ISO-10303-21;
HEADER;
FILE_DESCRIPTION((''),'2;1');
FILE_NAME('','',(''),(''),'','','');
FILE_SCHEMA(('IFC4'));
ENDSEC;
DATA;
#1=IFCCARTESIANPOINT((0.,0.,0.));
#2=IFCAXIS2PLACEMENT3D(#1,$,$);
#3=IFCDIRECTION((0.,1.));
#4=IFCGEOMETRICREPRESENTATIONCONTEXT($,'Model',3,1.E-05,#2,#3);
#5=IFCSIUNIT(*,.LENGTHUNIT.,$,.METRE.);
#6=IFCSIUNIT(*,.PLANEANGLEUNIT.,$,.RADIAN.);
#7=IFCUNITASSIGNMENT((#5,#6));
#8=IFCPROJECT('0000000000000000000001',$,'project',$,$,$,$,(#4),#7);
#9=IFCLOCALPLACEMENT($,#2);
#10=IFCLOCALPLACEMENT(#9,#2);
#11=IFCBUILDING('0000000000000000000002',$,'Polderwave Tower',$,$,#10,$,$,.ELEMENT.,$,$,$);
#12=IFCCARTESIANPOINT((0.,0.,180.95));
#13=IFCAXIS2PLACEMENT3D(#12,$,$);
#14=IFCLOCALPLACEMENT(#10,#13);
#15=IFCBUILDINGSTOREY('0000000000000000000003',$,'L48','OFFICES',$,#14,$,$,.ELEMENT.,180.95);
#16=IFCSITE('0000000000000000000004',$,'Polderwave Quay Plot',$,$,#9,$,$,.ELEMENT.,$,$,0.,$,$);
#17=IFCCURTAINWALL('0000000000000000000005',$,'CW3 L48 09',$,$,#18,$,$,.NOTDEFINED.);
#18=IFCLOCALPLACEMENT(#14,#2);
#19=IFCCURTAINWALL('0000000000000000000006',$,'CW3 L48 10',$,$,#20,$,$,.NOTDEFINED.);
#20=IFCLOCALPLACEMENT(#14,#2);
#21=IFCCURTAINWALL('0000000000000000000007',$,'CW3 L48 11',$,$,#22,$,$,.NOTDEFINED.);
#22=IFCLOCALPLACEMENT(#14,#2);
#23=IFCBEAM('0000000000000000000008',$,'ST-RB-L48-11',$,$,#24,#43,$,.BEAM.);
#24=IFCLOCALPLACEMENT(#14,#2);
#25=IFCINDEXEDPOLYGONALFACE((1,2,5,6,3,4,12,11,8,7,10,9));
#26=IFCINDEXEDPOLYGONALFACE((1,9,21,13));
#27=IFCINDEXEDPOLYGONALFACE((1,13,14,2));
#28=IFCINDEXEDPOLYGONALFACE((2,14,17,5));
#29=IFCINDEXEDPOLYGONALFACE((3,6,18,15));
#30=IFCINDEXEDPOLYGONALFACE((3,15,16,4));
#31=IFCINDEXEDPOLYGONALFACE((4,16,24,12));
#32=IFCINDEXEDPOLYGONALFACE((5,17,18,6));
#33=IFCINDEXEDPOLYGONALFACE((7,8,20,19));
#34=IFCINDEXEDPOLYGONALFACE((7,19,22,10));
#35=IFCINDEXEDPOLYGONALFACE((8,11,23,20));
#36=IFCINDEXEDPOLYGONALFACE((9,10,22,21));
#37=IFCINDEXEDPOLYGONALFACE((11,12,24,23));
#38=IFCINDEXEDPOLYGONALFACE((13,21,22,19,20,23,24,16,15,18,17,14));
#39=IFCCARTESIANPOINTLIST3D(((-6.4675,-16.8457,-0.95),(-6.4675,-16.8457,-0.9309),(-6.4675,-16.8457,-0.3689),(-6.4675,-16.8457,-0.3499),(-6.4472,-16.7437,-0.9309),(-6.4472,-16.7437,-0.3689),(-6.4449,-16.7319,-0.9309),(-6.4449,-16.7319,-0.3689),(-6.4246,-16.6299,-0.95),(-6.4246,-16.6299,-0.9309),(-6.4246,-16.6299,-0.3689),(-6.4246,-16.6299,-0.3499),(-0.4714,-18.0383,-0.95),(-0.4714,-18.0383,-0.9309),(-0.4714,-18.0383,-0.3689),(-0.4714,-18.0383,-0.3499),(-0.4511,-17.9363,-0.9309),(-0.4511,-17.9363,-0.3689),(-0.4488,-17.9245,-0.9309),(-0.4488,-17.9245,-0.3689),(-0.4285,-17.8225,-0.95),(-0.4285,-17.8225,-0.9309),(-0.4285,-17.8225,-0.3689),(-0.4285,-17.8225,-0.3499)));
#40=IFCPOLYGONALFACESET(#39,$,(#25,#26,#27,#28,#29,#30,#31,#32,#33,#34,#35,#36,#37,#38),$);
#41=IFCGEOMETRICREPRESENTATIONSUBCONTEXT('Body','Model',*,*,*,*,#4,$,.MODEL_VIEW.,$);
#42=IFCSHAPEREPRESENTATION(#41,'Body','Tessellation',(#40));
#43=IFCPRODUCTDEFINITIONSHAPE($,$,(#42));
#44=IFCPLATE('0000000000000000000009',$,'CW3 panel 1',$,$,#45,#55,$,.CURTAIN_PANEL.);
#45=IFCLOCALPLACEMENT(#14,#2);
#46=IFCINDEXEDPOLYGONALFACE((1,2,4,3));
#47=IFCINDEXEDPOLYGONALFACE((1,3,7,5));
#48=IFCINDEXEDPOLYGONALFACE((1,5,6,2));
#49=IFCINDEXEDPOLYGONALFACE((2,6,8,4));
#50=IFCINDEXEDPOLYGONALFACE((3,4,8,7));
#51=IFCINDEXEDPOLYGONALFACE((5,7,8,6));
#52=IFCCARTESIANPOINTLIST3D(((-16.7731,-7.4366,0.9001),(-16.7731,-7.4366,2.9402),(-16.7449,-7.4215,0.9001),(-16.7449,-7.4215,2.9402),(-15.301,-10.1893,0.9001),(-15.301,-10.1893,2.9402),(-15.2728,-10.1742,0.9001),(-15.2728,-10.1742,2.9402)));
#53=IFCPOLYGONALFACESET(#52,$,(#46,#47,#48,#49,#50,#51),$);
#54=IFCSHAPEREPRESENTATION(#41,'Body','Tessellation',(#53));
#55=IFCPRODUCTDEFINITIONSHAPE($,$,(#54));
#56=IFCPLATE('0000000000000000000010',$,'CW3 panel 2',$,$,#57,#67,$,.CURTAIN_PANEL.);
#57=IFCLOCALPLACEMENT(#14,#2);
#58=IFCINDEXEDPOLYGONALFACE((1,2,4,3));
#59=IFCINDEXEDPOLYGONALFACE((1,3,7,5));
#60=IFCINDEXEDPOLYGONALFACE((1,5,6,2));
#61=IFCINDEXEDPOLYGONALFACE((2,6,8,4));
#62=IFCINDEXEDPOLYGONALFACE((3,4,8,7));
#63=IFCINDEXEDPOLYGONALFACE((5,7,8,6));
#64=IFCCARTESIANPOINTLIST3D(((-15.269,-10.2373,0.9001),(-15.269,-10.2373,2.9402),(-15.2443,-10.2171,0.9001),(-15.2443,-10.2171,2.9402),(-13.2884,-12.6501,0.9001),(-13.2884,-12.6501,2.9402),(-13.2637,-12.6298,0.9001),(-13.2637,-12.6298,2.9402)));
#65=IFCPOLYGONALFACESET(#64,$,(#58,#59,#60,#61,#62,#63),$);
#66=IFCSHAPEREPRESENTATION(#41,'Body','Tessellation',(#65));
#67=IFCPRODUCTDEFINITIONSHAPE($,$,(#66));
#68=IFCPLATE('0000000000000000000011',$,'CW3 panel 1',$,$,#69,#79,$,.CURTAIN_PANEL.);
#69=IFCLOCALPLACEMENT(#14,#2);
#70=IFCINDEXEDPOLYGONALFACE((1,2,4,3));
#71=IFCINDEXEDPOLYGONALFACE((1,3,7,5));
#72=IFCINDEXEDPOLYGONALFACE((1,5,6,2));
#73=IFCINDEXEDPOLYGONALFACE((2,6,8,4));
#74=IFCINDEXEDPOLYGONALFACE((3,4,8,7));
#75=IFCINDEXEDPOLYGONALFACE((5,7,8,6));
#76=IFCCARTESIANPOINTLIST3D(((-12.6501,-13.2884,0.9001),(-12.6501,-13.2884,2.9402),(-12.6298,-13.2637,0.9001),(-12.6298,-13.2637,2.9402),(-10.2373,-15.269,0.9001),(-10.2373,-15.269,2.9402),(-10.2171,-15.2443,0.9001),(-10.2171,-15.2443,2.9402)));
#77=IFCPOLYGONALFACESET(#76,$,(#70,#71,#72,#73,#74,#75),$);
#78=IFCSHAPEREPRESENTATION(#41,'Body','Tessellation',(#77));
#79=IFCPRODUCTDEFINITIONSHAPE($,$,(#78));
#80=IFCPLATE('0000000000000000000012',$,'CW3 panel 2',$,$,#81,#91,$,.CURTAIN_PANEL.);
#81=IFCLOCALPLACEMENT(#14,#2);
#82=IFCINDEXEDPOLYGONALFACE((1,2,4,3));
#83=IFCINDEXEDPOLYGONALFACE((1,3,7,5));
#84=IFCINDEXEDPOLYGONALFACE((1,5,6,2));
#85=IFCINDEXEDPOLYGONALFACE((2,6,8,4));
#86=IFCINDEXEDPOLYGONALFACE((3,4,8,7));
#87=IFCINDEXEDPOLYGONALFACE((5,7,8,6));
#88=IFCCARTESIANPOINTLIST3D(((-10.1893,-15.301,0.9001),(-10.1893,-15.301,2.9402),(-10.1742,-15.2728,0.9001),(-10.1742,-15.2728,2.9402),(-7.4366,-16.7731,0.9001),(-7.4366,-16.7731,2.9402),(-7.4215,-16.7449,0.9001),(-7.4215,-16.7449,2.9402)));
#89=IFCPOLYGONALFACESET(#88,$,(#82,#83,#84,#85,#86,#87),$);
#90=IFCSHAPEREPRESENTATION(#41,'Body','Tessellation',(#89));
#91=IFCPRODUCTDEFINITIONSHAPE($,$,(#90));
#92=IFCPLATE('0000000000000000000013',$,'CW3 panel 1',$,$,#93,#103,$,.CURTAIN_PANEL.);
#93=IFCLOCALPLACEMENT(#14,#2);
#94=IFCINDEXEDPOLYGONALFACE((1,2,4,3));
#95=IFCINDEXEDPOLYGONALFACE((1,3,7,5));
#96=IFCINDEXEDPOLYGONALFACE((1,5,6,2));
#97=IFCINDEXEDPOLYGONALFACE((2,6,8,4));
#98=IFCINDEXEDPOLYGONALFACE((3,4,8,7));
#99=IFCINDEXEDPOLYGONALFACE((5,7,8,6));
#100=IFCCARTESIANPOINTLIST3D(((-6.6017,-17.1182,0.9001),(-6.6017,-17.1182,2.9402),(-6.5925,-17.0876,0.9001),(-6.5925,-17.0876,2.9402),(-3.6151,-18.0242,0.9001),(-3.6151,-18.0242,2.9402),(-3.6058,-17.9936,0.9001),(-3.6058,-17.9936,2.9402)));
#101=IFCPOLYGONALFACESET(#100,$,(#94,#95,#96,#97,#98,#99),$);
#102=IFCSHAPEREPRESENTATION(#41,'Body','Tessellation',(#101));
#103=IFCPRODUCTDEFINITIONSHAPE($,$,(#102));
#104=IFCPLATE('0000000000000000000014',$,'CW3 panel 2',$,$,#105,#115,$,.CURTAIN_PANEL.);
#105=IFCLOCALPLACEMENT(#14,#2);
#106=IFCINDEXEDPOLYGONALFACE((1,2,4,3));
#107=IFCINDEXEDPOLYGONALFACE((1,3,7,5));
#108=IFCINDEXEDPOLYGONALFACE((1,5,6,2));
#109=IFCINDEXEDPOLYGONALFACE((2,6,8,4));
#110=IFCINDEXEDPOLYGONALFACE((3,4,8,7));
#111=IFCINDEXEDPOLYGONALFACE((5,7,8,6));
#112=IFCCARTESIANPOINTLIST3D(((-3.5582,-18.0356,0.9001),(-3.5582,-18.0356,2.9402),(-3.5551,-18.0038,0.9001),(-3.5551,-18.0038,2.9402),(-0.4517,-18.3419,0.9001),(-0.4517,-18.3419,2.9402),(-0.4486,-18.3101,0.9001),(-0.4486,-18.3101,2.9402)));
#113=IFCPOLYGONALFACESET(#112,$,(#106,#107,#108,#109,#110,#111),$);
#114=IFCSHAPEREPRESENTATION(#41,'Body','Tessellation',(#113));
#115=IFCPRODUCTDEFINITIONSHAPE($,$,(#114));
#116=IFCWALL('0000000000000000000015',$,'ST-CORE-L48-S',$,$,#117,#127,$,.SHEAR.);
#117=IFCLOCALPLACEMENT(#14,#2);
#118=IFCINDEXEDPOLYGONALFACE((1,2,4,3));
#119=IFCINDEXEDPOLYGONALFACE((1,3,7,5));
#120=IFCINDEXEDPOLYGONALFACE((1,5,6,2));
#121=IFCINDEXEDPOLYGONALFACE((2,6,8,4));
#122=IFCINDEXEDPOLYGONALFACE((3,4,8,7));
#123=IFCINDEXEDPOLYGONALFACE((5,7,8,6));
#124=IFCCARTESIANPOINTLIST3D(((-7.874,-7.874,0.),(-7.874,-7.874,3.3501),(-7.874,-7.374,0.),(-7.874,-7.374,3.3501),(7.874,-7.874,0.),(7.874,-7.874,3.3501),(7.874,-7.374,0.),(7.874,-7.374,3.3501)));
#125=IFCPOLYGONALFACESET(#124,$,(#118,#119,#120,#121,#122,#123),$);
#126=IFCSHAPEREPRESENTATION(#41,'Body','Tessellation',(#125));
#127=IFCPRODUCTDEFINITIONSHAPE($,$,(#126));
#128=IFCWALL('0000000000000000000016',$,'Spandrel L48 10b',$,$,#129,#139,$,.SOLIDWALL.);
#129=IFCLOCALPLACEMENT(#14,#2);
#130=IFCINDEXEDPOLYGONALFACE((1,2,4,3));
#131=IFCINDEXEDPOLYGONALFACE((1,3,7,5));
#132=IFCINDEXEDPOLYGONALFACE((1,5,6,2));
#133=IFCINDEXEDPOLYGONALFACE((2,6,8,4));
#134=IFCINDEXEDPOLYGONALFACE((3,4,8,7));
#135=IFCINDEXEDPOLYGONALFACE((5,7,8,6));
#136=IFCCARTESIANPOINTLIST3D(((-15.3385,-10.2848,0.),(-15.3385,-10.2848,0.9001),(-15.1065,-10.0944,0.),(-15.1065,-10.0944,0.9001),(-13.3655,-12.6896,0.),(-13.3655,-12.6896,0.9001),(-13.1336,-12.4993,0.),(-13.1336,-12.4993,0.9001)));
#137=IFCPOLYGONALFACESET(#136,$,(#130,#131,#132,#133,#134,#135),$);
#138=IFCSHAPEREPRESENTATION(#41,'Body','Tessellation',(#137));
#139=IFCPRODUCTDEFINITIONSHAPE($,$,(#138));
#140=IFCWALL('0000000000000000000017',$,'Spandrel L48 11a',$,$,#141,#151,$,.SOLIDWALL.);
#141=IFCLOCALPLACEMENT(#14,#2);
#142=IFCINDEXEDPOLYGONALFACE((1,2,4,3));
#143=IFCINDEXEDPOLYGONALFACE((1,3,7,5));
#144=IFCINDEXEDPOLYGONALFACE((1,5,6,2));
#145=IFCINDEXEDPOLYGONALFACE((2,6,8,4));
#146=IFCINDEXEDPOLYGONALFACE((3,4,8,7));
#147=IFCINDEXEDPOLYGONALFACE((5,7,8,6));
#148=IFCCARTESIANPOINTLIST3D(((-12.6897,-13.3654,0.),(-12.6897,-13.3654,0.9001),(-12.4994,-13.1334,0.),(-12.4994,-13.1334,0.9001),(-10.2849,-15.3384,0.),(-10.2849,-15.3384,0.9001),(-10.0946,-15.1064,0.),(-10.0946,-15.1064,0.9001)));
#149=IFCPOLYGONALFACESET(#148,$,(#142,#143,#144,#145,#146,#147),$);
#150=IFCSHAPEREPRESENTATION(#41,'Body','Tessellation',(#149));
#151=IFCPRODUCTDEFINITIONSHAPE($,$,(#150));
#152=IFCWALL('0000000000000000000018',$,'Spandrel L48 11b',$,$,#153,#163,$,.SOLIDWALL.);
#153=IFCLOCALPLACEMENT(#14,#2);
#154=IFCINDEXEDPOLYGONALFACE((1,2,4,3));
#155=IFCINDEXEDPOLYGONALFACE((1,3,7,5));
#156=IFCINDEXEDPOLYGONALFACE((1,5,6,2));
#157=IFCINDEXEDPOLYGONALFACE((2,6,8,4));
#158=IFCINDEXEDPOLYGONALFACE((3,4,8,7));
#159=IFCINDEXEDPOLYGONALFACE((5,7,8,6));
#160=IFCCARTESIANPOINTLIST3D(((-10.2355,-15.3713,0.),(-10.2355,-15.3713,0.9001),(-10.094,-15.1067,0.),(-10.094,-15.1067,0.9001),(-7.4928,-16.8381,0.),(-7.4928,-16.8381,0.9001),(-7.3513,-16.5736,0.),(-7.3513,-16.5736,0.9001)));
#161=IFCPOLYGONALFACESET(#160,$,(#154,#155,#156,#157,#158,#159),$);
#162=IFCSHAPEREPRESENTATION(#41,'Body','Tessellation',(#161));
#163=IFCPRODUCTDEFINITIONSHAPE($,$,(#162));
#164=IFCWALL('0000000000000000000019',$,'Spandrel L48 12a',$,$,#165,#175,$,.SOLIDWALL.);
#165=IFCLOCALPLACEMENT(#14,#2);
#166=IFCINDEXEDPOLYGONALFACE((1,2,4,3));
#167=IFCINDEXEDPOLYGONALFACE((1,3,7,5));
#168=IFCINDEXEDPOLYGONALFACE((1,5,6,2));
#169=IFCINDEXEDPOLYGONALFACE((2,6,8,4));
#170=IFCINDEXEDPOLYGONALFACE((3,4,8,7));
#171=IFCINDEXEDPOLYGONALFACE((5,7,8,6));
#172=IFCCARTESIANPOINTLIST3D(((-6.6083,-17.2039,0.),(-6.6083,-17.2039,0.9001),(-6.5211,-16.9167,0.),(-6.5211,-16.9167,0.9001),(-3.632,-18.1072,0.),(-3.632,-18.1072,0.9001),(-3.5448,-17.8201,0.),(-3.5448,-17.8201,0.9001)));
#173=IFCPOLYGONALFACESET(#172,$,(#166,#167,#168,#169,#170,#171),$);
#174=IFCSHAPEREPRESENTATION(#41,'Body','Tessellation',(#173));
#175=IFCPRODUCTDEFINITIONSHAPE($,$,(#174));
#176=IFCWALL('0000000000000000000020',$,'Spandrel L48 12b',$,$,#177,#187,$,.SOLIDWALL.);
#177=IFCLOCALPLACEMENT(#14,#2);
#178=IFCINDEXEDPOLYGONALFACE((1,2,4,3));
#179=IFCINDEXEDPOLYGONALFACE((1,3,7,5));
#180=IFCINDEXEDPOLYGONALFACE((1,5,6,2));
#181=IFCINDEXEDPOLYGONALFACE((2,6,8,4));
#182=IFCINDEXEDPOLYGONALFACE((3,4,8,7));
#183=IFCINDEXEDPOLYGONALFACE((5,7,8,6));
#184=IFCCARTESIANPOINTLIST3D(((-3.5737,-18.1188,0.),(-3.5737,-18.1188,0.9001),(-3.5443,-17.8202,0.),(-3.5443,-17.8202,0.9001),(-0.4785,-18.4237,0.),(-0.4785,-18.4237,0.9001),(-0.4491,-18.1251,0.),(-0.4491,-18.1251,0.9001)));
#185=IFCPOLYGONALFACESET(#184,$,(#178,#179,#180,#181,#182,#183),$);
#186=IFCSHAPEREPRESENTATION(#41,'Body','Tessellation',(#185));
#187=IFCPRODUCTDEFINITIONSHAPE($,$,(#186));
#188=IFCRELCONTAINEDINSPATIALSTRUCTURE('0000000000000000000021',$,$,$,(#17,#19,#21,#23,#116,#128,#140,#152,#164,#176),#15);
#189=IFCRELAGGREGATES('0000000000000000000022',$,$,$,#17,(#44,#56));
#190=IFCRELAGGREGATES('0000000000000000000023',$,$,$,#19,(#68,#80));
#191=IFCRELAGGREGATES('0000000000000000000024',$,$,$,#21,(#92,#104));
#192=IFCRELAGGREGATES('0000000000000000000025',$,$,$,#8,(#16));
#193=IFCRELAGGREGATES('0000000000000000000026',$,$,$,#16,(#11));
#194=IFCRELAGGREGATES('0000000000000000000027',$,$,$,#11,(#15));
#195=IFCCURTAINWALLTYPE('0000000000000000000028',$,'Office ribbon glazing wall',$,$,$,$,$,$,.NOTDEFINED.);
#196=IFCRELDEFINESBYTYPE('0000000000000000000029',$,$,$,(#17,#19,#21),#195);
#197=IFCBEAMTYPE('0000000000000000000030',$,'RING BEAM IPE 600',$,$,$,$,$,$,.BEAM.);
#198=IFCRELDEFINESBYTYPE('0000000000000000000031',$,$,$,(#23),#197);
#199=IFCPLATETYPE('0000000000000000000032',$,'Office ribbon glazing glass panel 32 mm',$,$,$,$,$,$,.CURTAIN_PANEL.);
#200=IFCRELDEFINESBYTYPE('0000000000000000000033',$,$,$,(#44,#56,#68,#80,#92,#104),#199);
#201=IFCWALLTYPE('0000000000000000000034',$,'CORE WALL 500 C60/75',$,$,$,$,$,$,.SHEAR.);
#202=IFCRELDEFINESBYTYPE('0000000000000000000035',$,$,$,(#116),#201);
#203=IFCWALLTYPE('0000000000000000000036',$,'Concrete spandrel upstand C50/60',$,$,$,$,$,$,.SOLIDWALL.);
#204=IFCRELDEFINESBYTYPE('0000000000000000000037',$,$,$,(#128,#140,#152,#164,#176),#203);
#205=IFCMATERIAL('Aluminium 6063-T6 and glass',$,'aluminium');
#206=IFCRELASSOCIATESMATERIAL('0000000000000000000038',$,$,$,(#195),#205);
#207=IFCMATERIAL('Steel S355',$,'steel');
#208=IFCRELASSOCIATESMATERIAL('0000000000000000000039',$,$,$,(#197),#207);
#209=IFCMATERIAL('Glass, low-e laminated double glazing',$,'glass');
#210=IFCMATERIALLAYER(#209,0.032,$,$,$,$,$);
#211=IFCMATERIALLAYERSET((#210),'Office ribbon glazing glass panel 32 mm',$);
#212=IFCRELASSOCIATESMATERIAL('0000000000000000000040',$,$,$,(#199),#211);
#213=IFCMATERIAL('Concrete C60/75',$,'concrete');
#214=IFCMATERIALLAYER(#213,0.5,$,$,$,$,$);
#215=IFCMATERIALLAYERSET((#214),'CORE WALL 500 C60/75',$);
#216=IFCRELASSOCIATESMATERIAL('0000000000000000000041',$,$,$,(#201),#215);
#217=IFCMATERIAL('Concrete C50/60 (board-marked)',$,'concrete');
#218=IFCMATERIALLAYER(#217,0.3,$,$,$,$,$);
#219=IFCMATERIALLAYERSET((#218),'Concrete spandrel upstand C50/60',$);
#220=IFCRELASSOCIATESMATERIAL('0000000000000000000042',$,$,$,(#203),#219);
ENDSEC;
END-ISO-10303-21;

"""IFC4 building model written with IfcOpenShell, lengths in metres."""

from ifc_helpers import new_model, si_unit, direction, frame, frame_2d, origin, origin_2d, place, context, subcontext, project, spatial, rectangle, i_section, extrude, material, layer, layer_set, material_profile, profile_set, type_object, element, aggregate, save


model = new_model("IFC4")

# Units and contexts
model_context = context("Model", 3, precision=1e-05, world=origin(), true_north=direction((0.0, 1.0)))
body_context = subcontext(model_context, "Body", "Model", "MODEL_VIEW")
ifc_project = project(units=[si_unit("LENGTHUNIT", "METRE"), si_unit("PLANEANGLEUNIT", "RADIAN")], contexts=[model_context])

# Site, building, storey
site_placement = place(None, origin())
site = spatial("IfcSite", under=ifc_project, at=site_placement, Name="Polderwave Quay Plot", CompositionType="ELEMENT", RefElevation=0.0)
building_placement = place(site_placement, origin())
building = spatial("IfcBuilding", under=site, at=building_placement, Name="Polderwave Tower", CompositionType="ELEMENT")
storey_placement = place(building_placement, frame((0.0, 0.0, 180.95)))
storey = spatial("IfcBuildingStorey", under=building, at=storey_placement, Name="L48", Description="OFFICES", CompositionType="ELEMENT", Elevation=180.95)

# Shared definitions
ifc_material_1 = material(Name="Concrete C60/75", Category="concrete")

# Curtain walls
ifc_material_2 = material(Name="Aluminium 6063-T6 and glass", Category="aluminium")
curtain_wall_type = type_object("IfcCurtainWallType", Name="Office ribbon glazing wall", PredefinedType="NOTDEFINED", material=ifc_material_2)
curtain_wall_1_placement = place(storey_placement, origin())
curtain_wall_1 = element("IfcCurtainWall", 1, at=curtain_wall_1_placement, inside=storey, type_object=curtain_wall_type, Name="CW3 L48 09", PredefinedType="NOTDEFINED")
curtain_wall_2_placement = place(storey_placement, origin())
curtain_wall_2 = element("IfcCurtainWall", 2, at=curtain_wall_2_placement, inside=storey, type_object=curtain_wall_type, Name="CW3 L48 10", PredefinedType="NOTDEFINED")
curtain_wall_3_placement = place(storey_placement, origin())
curtain_wall_3 = element("IfcCurtainWall", 3, at=curtain_wall_3_placement, inside=storey, type_object=curtain_wall_type, Name="CW3 L48 11", PredefinedType="NOTDEFINED")

# Beam
ifc_material_3 = material(Name="Steel S355", Category="steel")
ifc_material_profile_1 = material_profile(ifc_material_3, i_section(OverallWidth=0.22, OverallDepth=0.6001, WebThickness=0.012, FlangeThickness=0.019, at=origin_2d()), Name="IPE 600")
ifc_profile_set_1 = profile_set([ifc_material_profile_1], Name="Steel S355")
beam_type = type_object("IfcBeamType", Name="RING BEAM IPE 600", PredefinedType="BEAM", material=ifc_profile_set_1)
for number, where, z_axis, x_axis, name in (
    (4, (-6.446, -16.7378, -0.6499), (0.980787, -0.195079, 0.0), (0.195079, 0.980787, 0.0), "ST-RB-L48-11"),
):
    element("IfcBeam", number, at=place(storey_placement, frame(where, z_axis=z_axis, x_axis=x_axis)), inside=storey, type_object=beam_type, Name=name, PredefinedType="BEAM", context=body_context, shape_type="SweptSolid", body=[
        extrude(i_section(OverallWidth=0.22, OverallDepth=0.6001, WebThickness=0.012, FlangeThickness=0.019, at=origin_2d()), origin(), (0.0, 0.0, 1.0), 6.1135),
    ])

# Plates
ifc_material_4 = material(Name="Glass, low-e laminated double glazing", Category="glass")
ifc_layer_1 = layer(ifc_material_4, 0.032)
ifc_layer_set_1 = layer_set([ifc_layer_1], Name="Office ribbon glazing glass panel 32 mm")
plate_type = type_object("IfcPlateType", Name="Office ribbon glazing glass panel 32 mm", PredefinedType="CURTAIN_PANEL", material=ifc_layer_set_1)
plate_1_placement = place(storey_placement, frame((-16.0229, -8.8054, 0.9001), z_axis=(0.0, 0.0, 1.0), x_axis=(0.47156, -0.881834, 0.0)))
plate_1 = element("IfcPlate", 5, at=plate_1_placement, type_object=plate_type, Name="CW3 panel 1", PredefinedType="CURTAIN_PANEL", context=body_context, shape_type="SweptSolid", body=[
    extrude(rectangle(XDim=3.1216, YDim=0.032, at=origin_2d()), origin(), (0.0, 0.0, 1.0), 2.04),
])
plate_2_placement = place(storey_placement, frame((-14.2664, -11.4336, 0.9001), z_axis=(0.0, 0.0, 1.0), x_axis=(0.634482, -0.772937, 0.0)))
plate_2 = element("IfcPlate", 6, at=plate_2_placement, type_object=plate_type, Name="CW3 panel 2", PredefinedType="CURTAIN_PANEL", context=body_context, shape_type="SweptSolid", body=[
    extrude(rectangle(XDim=3.1216, YDim=0.032, at=origin_2d()), origin(), (0.0, 0.0, 1.0), 2.04),
])
aggregate(curtain_wall_1, [plate_1, plate_2])
plate_3_placement = place(storey_placement, frame((-11.4336, -14.2664, 0.9001), z_axis=(0.0, 0.0, 1.0), x_axis=(0.772937, -0.634482, 0.0)))
plate_3 = element("IfcPlate", 7, at=plate_3_placement, type_object=plate_type, Name="CW3 panel 1", PredefinedType="CURTAIN_PANEL", context=body_context, shape_type="SweptSolid", body=[
    extrude(rectangle(XDim=3.1216, YDim=0.032, at=origin_2d()), origin(), (0.0, 0.0, 1.0), 2.04),
])
plate_4_placement = place(storey_placement, frame((-8.8054, -16.0229, 0.9001), z_axis=(0.0, 0.0, 1.0), x_axis=(0.881834, -0.47156, 0.0)))
plate_4 = element("IfcPlate", 8, at=plate_4_placement, type_object=plate_type, Name="CW3 panel 2", PredefinedType="CURTAIN_PANEL", context=body_context, shape_type="SweptSolid", body=[
    extrude(rectangle(XDim=3.1216, YDim=0.032, at=origin_2d()), origin(), (0.0, 0.0, 1.0), 2.04),
])
aggregate(curtain_wall_2, [plate_3, plate_4])
plate_5_placement = place(storey_placement, frame((-5.1038, -17.5559, 0.9001), z_axis=(0.0, 0.0, 1.0), x_axis=(0.956939, -0.29029, 0.0)))
plate_5 = element("IfcPlate", 9, at=plate_5_placement, type_object=plate_type, Name="CW3 panel 1", PredefinedType="CURTAIN_PANEL", context=body_context, shape_type="SweptSolid", body=[
    extrude(rectangle(XDim=3.1211, YDim=0.032, at=origin_2d()), origin(), (0.0, 0.0, 1.0), 2.04),
])
plate_6_placement = place(storey_placement, frame((-2.0034, -18.1729, 0.9001), z_axis=(0.0, 0.0, 1.0), x_axis=(0.995175, -0.09812, 0.0)))
plate_6 = element("IfcPlate", 10, at=plate_6_placement, type_object=plate_type, Name="CW3 panel 2", PredefinedType="CURTAIN_PANEL", context=body_context, shape_type="SweptSolid", body=[
    extrude(rectangle(XDim=3.1216, YDim=0.032, at=origin_2d()), origin(), (0.0, 0.0, 1.0), 2.04),
])
aggregate(curtain_wall_3, [plate_5, plate_6])

# Walls
ifc_layer_2 = layer(ifc_material_1, 0.5)
ifc_layer_set_2 = layer_set([ifc_layer_2], Name="CORE WALL 500 C60/75")
wall_type_1 = type_object("IfcWallType", Name="CORE WALL 500 C60/75", PredefinedType="SHEAR", material=ifc_layer_set_2)
wall_1_placement = place(storey_placement, frame((-7.874, -7.624, 0.0), z_axis=(0.0, 0.0, 1.0), x_axis=(1.0, 0.0, 0.0)))
element("IfcWall", 11, at=wall_1_placement, inside=storey, type_object=wall_type_1, Name="ST-CORE-L48-S", PredefinedType="SHEAR", context=body_context, shape_type="SweptSolid", body=[
    extrude(rectangle(XDim=15.748, YDim=0.5, at=frame_2d((7.874, 0.0))), origin(), (0.0, 0.0, 1.0), 3.3501),
])
ifc_material_5 = material(Name="Concrete C50/60 (board-marked)", Category="concrete")
ifc_layer_3 = layer(ifc_material_5, 0.3)
ifc_layer_set_3 = layer_set([ifc_layer_3], Name="Concrete spandrel upstand C50/60")
wall_type_2 = type_object("IfcWallType", Name="Concrete spandrel upstand C50/60", PredefinedType="SOLIDWALL", material=ifc_layer_set_3)
for number, where, z_axis, x_axis, name in (
    (12, (-15.2224, -10.1897, 0.0), (0.0, 0.0, 1.0), (0.634267, -0.773114, 0.0), "Spandrel L48 10b"),
    (13, (-12.5945, -13.2495, 0.0), (0.0, 0.0, 1.0), (0.773114, -0.634267, 0.0), "Spandrel L48 11a"),
):
    element("IfcWall", number, at=place(storey_placement, frame(where, z_axis=z_axis, x_axis=x_axis)), inside=storey, type_object=wall_type_2, Name=name, PredefinedType="SOLIDWALL", context=body_context, shape_type="SweptSolid", body=[
        extrude(rectangle(XDim=3.1106, YDim=0.3, at=frame_2d((1.5552, 0.0))), origin(), (0.0, 0.0, 1.0), 0.9001),
    ])
for number, where, z_axis, x_axis, name in (
    (14, (-10.1648, -15.239, 0.0), (0.0, 0.0, 1.0), (0.881813, -0.471598, 0.0), "Spandrel L48 11b"),
    (15, (-6.5647, -17.0603, 0.0), (0.0, 0.0, 1.0), (0.956899, -0.290421, 0.0), "Spandrel L48 12a"),
):
    element("IfcWall", number, at=place(storey_placement, frame(where, z_axis=z_axis, x_axis=x_axis)), inside=storey, type_object=wall_type_2, Name=name, PredefinedType="SOLIDWALL", context=body_context, shape_type="SweptSolid", body=[
        extrude(rectangle(XDim=3.1104, YDim=0.3, at=frame_2d((1.5552, 0.0))), origin(), (0.0, 0.0, 1.0), 0.9001),
    ])
wall_2_placement = place(storey_placement, frame((-3.5591, -17.9695, 0.0), z_axis=(0.0, 0.0, 1.0), x_axis=(0.995182, -0.098042, 0.0)))
element("IfcWall", 16, at=wall_2_placement, inside=storey, type_object=wall_type_2, Name="Spandrel L48 12b", PredefinedType="SOLIDWALL", context=body_context, shape_type="SweptSolid", body=[
    extrude(rectangle(XDim=3.1101, YDim=0.3, at=frame_2d((1.5552, 0.0))), origin(), (0.0, 0.0, 1.0), 0.9001),
])

save(model, "model.ifc")
